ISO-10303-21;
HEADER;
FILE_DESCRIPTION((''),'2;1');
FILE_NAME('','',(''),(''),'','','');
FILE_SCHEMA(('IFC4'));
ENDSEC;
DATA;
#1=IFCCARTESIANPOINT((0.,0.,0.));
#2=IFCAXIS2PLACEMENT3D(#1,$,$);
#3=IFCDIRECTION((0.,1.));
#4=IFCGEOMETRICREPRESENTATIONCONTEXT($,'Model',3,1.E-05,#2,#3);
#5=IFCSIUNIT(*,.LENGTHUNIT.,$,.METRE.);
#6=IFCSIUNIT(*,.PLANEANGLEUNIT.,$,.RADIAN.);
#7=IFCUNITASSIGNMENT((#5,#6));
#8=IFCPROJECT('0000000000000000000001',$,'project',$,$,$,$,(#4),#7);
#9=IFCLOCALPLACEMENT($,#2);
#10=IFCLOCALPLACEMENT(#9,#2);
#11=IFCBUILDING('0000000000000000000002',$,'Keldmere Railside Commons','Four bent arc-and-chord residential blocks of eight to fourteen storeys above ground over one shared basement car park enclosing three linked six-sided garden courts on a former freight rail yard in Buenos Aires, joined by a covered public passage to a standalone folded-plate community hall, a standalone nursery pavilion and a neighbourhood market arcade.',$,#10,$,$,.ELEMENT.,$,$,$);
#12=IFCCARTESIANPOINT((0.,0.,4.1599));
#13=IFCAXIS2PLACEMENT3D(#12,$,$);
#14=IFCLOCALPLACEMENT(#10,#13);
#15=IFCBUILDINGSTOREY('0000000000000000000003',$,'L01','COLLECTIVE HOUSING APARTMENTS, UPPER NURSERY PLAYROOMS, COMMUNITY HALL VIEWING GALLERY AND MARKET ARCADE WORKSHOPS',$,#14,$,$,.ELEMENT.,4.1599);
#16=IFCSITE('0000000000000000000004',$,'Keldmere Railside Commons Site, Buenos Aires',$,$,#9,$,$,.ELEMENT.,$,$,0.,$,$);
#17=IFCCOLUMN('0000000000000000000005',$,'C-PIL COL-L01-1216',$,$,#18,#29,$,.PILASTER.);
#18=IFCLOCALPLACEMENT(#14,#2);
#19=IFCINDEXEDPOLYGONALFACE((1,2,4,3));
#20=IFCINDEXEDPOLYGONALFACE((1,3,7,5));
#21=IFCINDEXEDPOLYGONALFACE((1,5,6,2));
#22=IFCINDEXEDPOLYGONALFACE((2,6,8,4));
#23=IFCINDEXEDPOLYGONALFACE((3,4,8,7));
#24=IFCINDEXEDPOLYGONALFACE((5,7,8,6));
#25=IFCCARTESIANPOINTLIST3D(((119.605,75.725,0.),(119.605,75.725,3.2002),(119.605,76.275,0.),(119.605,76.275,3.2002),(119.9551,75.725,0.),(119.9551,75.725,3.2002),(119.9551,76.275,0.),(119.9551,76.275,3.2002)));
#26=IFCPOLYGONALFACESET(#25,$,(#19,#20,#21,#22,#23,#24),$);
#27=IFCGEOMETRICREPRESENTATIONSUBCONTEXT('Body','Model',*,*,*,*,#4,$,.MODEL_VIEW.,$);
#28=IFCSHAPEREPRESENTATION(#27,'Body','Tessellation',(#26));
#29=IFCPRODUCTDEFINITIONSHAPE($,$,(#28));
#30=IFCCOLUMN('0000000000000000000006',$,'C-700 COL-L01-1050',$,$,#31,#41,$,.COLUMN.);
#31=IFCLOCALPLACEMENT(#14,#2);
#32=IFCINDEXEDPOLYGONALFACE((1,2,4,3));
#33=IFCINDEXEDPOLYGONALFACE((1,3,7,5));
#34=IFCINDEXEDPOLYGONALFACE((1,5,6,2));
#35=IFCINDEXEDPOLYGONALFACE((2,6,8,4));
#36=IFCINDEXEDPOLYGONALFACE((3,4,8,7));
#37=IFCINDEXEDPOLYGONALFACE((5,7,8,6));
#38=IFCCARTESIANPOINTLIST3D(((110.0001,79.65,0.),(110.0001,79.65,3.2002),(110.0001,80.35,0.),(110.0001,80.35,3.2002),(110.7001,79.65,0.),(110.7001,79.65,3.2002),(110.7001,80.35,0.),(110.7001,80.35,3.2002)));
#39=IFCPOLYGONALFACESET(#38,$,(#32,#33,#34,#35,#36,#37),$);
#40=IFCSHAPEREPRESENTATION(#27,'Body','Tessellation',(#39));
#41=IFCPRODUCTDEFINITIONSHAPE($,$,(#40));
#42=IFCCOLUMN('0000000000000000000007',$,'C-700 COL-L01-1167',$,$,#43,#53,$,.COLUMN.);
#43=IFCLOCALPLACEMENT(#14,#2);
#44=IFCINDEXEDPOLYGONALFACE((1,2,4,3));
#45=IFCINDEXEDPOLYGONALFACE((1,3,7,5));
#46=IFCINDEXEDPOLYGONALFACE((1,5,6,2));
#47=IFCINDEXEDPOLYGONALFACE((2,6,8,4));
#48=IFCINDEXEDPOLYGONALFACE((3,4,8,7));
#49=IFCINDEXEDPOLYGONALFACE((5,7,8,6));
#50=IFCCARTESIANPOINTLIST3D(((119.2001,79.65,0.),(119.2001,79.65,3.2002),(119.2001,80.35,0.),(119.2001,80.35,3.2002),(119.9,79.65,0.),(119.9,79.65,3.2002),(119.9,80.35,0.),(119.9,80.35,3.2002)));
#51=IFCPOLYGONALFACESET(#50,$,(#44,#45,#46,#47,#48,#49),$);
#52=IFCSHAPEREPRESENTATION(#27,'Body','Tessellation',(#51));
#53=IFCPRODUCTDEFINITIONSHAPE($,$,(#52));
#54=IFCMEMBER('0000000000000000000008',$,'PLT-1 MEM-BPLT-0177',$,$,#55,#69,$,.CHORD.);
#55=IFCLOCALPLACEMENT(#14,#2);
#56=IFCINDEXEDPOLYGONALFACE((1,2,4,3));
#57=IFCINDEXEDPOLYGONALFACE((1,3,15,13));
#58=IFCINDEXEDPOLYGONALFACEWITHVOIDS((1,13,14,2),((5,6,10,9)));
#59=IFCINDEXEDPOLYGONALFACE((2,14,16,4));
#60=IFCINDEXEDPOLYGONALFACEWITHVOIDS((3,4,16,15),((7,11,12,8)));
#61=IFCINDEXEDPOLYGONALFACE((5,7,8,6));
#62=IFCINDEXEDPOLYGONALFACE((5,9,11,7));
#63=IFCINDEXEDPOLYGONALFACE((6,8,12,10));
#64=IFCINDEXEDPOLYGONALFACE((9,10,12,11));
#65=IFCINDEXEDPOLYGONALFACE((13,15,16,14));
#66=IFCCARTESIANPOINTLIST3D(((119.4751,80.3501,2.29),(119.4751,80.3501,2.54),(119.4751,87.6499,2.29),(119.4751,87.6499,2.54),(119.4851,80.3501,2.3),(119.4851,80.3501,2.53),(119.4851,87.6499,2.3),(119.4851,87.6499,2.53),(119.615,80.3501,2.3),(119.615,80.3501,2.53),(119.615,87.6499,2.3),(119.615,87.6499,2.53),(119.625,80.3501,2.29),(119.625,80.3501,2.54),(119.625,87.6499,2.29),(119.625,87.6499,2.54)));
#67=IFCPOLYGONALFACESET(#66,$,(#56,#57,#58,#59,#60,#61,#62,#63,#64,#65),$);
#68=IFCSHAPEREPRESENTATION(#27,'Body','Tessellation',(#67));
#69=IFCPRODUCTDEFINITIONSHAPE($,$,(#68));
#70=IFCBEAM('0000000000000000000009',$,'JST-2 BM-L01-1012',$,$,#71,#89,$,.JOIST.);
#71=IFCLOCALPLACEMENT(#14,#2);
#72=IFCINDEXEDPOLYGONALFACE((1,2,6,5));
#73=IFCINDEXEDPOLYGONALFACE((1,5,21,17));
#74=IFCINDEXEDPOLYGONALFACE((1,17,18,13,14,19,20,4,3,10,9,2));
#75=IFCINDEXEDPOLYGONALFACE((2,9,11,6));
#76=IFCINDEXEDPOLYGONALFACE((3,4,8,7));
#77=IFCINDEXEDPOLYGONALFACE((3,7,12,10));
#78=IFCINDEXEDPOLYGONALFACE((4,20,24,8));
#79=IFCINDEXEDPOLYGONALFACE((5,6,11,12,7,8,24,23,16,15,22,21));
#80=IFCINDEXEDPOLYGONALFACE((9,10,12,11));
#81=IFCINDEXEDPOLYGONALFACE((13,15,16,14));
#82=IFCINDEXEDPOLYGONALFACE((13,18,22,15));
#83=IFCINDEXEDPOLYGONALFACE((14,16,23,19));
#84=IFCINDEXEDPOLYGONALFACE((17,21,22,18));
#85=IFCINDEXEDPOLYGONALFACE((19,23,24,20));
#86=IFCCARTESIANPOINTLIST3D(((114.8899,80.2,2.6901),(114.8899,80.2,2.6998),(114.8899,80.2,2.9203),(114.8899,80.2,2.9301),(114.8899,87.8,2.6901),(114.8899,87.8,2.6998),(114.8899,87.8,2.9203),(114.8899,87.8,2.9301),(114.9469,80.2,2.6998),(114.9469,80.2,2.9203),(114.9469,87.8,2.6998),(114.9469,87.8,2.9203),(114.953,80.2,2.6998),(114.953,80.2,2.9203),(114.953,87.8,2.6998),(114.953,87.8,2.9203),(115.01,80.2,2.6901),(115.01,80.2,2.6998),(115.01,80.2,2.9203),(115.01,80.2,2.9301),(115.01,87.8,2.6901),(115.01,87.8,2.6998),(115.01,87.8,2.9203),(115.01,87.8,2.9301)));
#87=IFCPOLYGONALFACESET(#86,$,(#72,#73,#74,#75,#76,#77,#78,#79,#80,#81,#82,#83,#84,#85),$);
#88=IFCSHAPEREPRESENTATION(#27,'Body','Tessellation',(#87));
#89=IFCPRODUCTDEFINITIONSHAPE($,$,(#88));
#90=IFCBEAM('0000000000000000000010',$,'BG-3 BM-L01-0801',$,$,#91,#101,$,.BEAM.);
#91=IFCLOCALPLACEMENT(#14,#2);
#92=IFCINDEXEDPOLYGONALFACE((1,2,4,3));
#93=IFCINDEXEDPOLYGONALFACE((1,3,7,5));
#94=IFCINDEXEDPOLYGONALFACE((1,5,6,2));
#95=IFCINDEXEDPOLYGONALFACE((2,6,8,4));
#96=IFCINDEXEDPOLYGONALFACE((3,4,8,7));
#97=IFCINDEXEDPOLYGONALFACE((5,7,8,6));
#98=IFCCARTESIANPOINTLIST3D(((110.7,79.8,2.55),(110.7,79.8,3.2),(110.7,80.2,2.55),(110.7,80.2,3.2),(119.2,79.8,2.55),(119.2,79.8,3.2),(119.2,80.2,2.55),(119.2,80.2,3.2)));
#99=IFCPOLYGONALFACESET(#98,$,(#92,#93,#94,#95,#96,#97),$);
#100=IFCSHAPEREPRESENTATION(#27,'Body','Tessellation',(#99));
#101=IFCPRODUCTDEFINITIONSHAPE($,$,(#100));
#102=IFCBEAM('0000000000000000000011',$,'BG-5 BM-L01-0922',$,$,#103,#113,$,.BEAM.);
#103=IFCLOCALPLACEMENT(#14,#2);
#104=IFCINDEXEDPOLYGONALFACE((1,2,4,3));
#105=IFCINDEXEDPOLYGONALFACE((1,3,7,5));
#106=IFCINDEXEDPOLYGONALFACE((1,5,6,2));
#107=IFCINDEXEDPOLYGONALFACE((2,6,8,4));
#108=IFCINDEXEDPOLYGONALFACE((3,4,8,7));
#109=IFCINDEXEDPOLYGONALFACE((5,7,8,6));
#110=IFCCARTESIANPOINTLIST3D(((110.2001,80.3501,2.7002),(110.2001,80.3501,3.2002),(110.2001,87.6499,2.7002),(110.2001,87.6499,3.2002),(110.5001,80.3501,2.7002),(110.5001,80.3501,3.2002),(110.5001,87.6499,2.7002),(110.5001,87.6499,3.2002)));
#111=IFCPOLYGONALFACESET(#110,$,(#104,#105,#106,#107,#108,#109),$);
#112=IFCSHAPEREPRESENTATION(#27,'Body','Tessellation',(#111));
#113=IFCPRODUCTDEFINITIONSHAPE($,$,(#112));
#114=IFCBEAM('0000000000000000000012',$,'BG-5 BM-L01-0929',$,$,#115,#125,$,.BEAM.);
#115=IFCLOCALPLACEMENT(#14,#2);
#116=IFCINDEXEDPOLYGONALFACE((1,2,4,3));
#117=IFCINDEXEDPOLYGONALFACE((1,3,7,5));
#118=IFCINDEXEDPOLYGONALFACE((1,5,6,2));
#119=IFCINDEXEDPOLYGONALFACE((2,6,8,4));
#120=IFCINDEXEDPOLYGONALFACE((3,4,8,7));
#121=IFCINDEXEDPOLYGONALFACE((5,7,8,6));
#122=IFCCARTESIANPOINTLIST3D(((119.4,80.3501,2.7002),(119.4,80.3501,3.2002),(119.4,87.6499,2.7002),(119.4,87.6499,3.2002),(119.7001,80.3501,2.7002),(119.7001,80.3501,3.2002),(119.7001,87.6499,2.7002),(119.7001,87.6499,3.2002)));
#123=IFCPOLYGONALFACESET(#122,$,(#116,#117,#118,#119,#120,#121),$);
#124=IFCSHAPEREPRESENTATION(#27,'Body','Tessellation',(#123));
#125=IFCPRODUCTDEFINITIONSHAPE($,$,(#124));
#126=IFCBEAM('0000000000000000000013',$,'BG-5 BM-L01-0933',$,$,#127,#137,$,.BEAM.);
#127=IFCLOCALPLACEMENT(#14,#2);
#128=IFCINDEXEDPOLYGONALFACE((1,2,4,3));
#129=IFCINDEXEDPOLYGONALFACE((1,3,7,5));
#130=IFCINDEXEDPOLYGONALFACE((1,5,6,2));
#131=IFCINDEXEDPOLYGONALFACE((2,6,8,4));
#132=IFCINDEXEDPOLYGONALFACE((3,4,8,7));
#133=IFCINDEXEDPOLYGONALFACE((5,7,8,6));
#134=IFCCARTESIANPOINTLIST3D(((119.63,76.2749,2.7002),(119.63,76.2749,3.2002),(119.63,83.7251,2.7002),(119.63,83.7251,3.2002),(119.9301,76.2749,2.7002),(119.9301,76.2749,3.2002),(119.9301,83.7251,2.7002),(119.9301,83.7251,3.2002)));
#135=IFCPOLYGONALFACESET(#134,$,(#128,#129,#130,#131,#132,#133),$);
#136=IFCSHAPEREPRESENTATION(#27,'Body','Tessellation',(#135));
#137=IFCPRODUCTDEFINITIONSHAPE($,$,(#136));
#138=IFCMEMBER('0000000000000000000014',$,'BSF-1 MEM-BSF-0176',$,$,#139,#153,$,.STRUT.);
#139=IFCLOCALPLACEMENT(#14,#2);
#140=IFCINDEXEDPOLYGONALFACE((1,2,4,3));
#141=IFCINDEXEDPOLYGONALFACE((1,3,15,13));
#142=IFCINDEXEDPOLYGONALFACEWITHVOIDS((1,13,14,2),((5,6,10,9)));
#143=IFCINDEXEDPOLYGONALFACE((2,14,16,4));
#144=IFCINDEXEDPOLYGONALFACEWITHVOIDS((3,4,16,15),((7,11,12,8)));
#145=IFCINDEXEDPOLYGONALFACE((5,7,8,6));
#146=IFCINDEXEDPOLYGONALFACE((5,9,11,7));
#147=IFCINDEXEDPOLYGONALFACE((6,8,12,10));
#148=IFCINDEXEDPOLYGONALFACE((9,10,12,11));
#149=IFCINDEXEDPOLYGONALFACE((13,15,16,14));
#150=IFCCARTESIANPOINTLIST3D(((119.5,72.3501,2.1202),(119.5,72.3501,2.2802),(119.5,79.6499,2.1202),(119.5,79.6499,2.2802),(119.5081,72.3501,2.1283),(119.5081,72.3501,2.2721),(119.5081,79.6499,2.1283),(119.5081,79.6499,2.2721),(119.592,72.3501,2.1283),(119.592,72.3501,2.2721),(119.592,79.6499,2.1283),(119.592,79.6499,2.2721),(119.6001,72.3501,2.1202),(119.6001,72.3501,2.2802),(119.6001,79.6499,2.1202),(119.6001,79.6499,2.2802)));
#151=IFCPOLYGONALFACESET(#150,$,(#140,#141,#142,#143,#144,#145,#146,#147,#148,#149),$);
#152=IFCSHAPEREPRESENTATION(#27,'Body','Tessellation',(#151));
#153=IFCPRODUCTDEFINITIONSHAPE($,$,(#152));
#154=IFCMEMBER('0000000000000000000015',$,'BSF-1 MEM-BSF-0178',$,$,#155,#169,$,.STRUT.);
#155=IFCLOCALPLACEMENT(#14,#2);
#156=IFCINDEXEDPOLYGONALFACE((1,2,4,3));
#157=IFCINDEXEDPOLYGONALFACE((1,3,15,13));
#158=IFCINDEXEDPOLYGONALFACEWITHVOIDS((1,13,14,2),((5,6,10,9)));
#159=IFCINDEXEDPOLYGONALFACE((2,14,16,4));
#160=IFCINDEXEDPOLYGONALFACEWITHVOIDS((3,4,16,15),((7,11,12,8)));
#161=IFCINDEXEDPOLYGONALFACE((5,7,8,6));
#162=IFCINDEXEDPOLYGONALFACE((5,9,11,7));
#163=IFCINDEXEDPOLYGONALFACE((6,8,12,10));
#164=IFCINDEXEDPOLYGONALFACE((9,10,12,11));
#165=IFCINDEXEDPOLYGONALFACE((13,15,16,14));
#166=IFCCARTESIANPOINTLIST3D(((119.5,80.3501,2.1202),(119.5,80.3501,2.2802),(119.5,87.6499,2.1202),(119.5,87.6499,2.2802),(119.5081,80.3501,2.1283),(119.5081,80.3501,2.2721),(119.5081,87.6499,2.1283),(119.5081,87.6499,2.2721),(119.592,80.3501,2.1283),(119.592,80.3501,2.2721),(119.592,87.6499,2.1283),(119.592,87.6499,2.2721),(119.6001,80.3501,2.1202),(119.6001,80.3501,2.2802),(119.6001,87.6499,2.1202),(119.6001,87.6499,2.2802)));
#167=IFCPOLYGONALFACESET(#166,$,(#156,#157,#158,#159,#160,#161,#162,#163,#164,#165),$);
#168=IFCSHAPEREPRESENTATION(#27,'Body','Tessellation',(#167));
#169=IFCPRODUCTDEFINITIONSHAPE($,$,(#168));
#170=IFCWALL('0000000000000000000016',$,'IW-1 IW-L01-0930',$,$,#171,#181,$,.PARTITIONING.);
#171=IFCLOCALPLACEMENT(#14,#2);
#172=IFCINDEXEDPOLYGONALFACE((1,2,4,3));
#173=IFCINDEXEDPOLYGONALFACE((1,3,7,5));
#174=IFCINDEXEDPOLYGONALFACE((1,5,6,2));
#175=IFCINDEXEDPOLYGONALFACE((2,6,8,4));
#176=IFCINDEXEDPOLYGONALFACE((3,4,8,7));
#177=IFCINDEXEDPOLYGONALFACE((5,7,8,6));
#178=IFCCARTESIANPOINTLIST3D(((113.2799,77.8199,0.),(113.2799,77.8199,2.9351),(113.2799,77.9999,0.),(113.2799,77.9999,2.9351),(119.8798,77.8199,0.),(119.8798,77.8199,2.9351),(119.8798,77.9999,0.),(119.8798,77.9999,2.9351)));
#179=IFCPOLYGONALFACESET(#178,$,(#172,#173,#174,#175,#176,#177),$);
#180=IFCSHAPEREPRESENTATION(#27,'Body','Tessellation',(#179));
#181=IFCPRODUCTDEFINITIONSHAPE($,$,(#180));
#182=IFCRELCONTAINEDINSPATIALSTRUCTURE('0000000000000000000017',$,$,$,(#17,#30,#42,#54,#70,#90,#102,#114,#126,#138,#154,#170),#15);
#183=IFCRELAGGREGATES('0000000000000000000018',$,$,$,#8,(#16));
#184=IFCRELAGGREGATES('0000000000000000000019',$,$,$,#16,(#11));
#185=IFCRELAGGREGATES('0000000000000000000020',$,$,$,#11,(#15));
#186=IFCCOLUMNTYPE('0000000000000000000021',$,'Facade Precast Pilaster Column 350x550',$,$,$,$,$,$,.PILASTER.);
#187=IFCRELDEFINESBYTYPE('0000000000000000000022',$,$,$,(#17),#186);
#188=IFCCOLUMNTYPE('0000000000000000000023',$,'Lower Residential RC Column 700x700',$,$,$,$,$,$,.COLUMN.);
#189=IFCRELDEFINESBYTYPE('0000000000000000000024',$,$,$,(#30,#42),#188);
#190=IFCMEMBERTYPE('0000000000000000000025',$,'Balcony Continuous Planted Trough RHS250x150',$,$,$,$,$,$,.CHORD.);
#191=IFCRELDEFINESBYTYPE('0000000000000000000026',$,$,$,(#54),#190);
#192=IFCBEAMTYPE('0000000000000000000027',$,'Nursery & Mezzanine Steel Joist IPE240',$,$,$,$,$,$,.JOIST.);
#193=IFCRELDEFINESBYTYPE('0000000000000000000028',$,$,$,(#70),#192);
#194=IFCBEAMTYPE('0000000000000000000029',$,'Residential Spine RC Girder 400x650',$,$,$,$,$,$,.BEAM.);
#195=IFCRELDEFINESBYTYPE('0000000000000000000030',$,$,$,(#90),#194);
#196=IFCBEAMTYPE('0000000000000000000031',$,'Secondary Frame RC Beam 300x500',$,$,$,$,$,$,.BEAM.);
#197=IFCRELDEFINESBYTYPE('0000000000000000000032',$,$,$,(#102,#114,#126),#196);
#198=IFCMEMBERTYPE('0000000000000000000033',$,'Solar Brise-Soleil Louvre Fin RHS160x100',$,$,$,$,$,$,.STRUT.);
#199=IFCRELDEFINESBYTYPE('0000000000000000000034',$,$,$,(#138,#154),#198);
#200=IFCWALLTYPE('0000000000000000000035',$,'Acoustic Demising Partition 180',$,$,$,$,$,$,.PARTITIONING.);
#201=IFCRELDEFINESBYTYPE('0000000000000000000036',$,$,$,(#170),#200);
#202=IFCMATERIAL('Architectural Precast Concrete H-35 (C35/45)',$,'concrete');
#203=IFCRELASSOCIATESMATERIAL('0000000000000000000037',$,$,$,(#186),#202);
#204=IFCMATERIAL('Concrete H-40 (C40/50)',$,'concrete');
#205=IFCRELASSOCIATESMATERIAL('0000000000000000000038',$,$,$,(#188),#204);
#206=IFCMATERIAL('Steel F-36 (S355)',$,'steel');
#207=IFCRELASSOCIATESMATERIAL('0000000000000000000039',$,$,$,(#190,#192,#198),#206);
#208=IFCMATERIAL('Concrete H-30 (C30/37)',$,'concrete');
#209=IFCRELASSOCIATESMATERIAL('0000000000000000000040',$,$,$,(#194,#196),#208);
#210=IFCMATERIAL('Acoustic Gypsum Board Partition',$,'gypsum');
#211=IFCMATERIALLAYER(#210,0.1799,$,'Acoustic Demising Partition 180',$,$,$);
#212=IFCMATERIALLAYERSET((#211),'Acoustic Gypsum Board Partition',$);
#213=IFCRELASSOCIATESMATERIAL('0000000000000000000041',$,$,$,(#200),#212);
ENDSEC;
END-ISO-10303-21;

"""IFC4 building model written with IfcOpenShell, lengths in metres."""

from ifc_helpers import new_model, si_unit, direction, frame, frame_2d, origin, origin_2d, place, context, subcontext, project, spatial, rectangle, hollow_rectangle, i_section, extrude, material, layer, layer_set, material_profile, profile_set, type_object, element, save


model = new_model("IFC4")

# Units and contexts
model_context = context("Model", 3, precision=1e-05, world=origin(), true_north=direction((0.0, 1.0)))
body_context = subcontext(model_context, "Body", "Model", "MODEL_VIEW")
ifc_project = project(units=[si_unit("LENGTHUNIT", "METRE"), si_unit("PLANEANGLEUNIT", "RADIAN")], contexts=[model_context])

# Site, building, storey
site_placement = place(None, origin())
site = spatial("IfcSite", under=ifc_project, at=site_placement, Name="Keldmere Railside Commons Site, Buenos Aires", CompositionType="ELEMENT", RefElevation=0.0)
building_placement = place(site_placement, origin())
building = spatial("IfcBuilding", under=site, at=building_placement, Name="Keldmere Railside Commons", Description="Four bent arc-and-chord residential blocks of eight to fourteen storeys above ground over one shared basement car park enclosing three linked six-sided garden courts on a former freight rail yard in Buenos Aires, joined by a covered public passage to a standalone folded-plate community hall, a standalone nursery pavilion and a neighbourhood market arcade.", CompositionType="ELEMENT")
storey_placement = place(building_placement, frame((0.0, 0.0, 4.1599)))
storey = spatial("IfcBuildingStorey", under=building, at=storey_placement, Name="L01", Description="COLLECTIVE HOUSING APARTMENTS, UPPER NURSERY PLAYROOMS, COMMUNITY HALL VIEWING GALLERY AND MARKET ARCADE WORKSHOPS", CompositionType="ELEMENT", Elevation=4.1599)

# Columns
ifc_material_1 = material(Name="Architectural Precast Concrete H-35 (C35/45)", Category="concrete")
ifc_material_profile_1 = material_profile(ifc_material_1, rectangle(XDim=0.3501, YDim=0.55, at=origin_2d()), Name="RC-350x550")
ifc_profile_set_1 = profile_set([ifc_material_profile_1], Name="Architectural Precast Concrete H-35 (C35/45)")
column_type_1 = type_object("IfcColumnType", Name="Facade Precast Pilaster Column 350x550", PredefinedType="PILASTER", material=ifc_profile_set_1)
column_placement = place(storey_placement, frame((119.78, 76.0, 0.0), z_axis=(0.0, 0.0, 1.0), x_axis=(1.0, 0.0, 0.0)))
element("IfcColumn", 1, at=column_placement, inside=storey, type_object=column_type_1, Name="C-PIL COL-L01-1216", PredefinedType="PILASTER", context=body_context, shape_type="SweptSolid", body=[
    extrude(rectangle(XDim=0.3501, YDim=0.55, at=origin_2d()), origin(), (0.0, 0.0, 1.0), 3.2002),
])
ifc_material_2 = material(Name="Concrete H-40 (C40/50)", Category="concrete")
ifc_material_profile_2 = material_profile(ifc_material_2, rectangle(XDim=0.7, YDim=0.7, at=origin_2d()), Name="RC-700x700")
ifc_profile_set_2 = profile_set([ifc_material_profile_2], Name="Concrete H-40 (C40/50)")
column_type_2 = type_object("IfcColumnType", Name="Lower Residential RC Column 700x700", PredefinedType="COLUMN", material=ifc_profile_set_2)
for number, where, z_axis, x_axis, name in (
    (2, (110.3501, 80.0, 0.0), (0.0, 0.0, 1.0), (1.0, 0.0, 0.0), "C-700 COL-L01-1050"),
    (3, (119.55, 80.0, 0.0), (0.0, 0.0, 1.0), (1.0, 0.0, 0.0), "C-700 COL-L01-1167"),
):
    element("IfcColumn", number, at=place(storey_placement, frame(where, z_axis=z_axis, x_axis=x_axis)), inside=storey, type_object=column_type_2, Name=name, PredefinedType="COLUMN", context=body_context, shape_type="SweptSolid", body=[
        extrude(rectangle(XDim=0.7, YDim=0.7, at=origin_2d()), origin(), (0.0, 0.0, 1.0), 3.2002),
    ])

# Member
ifc_material_3 = material(Name="Steel F-36 (S355)", Category="steel")
ifc_material_profile_3 = material_profile(ifc_material_3, hollow_rectangle(XDim=0.1499, YDim=0.25, WallThickness=0.01, at=origin_2d()), Name="RHS-250x150x10")
ifc_profile_set_3 = profile_set([ifc_material_profile_3], Name="Steel F-36 (S355)")
member_type_1 = type_object("IfcMemberType", Name="Balcony Continuous Planted Trough RHS250x150", PredefinedType="CHORD", material=ifc_profile_set_3)
member_placement = place(storey_placement, frame((119.55, 80.3501, 2.415), z_axis=(0.0, 1.0, 0.0), x_axis=(-1.0, 0.0, 0.0)))
element("IfcMember", 4, at=member_placement, inside=storey, type_object=member_type_1, Name="PLT-1 MEM-BPLT-0177", PredefinedType="CHORD", context=body_context, shape_type="SweptSolid", body=[
    extrude(hollow_rectangle(XDim=0.1499, YDim=0.25, WallThickness=0.01, at=origin_2d()), origin(), (0.0, 0.0, 1.0), 7.2998),
])

# Beams
ifc_material_profile_4 = material_profile(ifc_material_3, i_section(OverallWidth=0.1201, OverallDepth=0.24, WebThickness=0.0061, FlangeThickness=0.0098, at=origin_2d()), Name="IPE-240")
ifc_profile_set_4 = profile_set([ifc_material_profile_4], Name="Steel F-36 (S355)")
beam_type_1 = type_object("IfcBeamType", Name="Nursery & Mezzanine Steel Joist IPE240", PredefinedType="JOIST", material=ifc_profile_set_4)
beam_1_placement = place(storey_placement, frame((114.95, 80.2, 2.8101), z_axis=(0.0, 1.0, 0.0), x_axis=(-1.0, 0.0, 0.0)))
element("IfcBeam", 5, at=beam_1_placement, inside=storey, type_object=beam_type_1, Name="JST-2 BM-L01-1012", PredefinedType="JOIST", context=body_context, shape_type="SweptSolid", body=[
    extrude(i_section(OverallWidth=0.1201, OverallDepth=0.24, WebThickness=0.0061, FlangeThickness=0.0098, at=origin_2d()), origin(), (0.0, 0.0, 1.0), 7.6001),
])
ifc_material_4 = material(Name="Concrete H-30 (C30/37)", Category="concrete")
ifc_material_profile_5 = material_profile(ifc_material_4, rectangle(XDim=0.3999, YDim=0.6499, at=origin_2d()), Name="RC-400x650")
ifc_profile_set_5 = profile_set([ifc_material_profile_5], Name="Concrete H-30 (C30/37)")
beam_type_2 = type_object("IfcBeamType", Name="Residential Spine RC Girder 400x650", PredefinedType="BEAM", material=ifc_profile_set_5)
beam_2_placement = place(storey_placement, frame((110.7, 80.0, 2.875), z_axis=(1.0, 0.0, 0.0), x_axis=(0.0, 1.0, 0.0)))
element("IfcBeam", 6, at=beam_2_placement, inside=storey, type_object=beam_type_2, Name="BG-3 BM-L01-0801", PredefinedType="BEAM", context=body_context, shape_type="SweptSolid", body=[
    extrude(rectangle(XDim=0.3999, YDim=0.6499, at=origin_2d()), origin(), (0.0, 0.0, 1.0), 8.5),
])
ifc_material_profile_6 = material_profile(ifc_material_4, rectangle(XDim=0.3, YDim=0.5, at=origin_2d()), Name="RC-300x500")
ifc_profile_set_6 = profile_set([ifc_material_profile_6], Name="Concrete H-30 (C30/37)")
beam_type_3 = type_object("IfcBeamType", Name="Secondary Frame RC Beam 300x500", PredefinedType="BEAM", material=ifc_profile_set_6)
for number, where, z_axis, x_axis, name in (
    (7, (110.3501, 80.3501, 2.9502), (0.0, 1.0, 0.0), (-1.0, 0.0, 0.0), "BG-5 BM-L01-0922"),
    (8, (119.55, 80.3501, 2.9502), (0.0, 1.0, 0.0), (-1.0, 0.0, 0.0), "BG-5 BM-L01-0929"),
):
    element("IfcBeam", number, at=place(storey_placement, frame(where, z_axis=z_axis, x_axis=x_axis)), inside=storey, type_object=beam_type_3, Name=name, PredefinedType="BEAM", context=body_context, shape_type="SweptSolid", body=[
        extrude(rectangle(XDim=0.3, YDim=0.5, at=origin_2d()), origin(), (0.0, 0.0, 1.0), 7.2998),
    ])
beam_3_placement = place(storey_placement, frame((119.78, 76.2749, 2.9502), z_axis=(0.0, 1.0, 0.0), x_axis=(-1.0, 0.0, 0.0)))
element("IfcBeam", 9, at=beam_3_placement, inside=storey, type_object=beam_type_3, Name="BG-5 BM-L01-0933", PredefinedType="BEAM", context=body_context, shape_type="SweptSolid", body=[
    extrude(rectangle(XDim=0.3, YDim=0.5, at=origin_2d()), origin(), (0.0, 0.0, 1.0), 7.4502),
])

# Members
ifc_material_profile_7 = material_profile(ifc_material_3, hollow_rectangle(XDim=0.1001, YDim=0.1599, WallThickness=0.0081, at=origin_2d()), Name="RHS-160x100x8")
ifc_profile_set_7 = profile_set([ifc_material_profile_7], Name="Steel F-36 (S355)")
member_type_2 = type_object("IfcMemberType", Name="Solar Brise-Soleil Louvre Fin RHS160x100", PredefinedType="STRUT", material=ifc_profile_set_7)
for number, where, z_axis, x_axis, name in (
    (10, (119.55, 72.3501, 2.2002), (0.0, 1.0, 0.0), (-1.0, 0.0, 0.0), "BSF-1 MEM-BSF-0176"),
    (11, (119.55, 80.3501, 2.2002), (0.0, 1.0, 0.0), (-1.0, 0.0, 0.0), "BSF-1 MEM-BSF-0178"),
):
    element("IfcMember", number, at=place(storey_placement, frame(where, z_axis=z_axis, x_axis=x_axis)), inside=storey, type_object=member_type_2, Name=name, PredefinedType="STRUT", context=body_context, shape_type="SweptSolid", body=[
        extrude(hollow_rectangle(XDim=0.1001, YDim=0.1599, WallThickness=0.0081, at=origin_2d()), origin(), (0.0, 0.0, 1.0), 7.2998),
    ])

# Wall
ifc_material_5 = material(Name="Acoustic Gypsum Board Partition", Category="gypsum")
ifc_layer_1 = layer(ifc_material_5, 0.1799, Name="Acoustic Demising Partition 180")
ifc_layer_set_1 = layer_set([ifc_layer_1], Name="Acoustic Gypsum Board Partition")
wall_type_1 = type_object("IfcWallType", Name="Acoustic Demising Partition 180", PredefinedType="PARTITIONING", material=ifc_layer_set_1)
wall_1_placement = place(storey_placement, frame((113.28, 77.9099, 0.0), z_axis=(0.0, 0.0, 1.0), x_axis=(1.0, 0.0, 0.0)))
element("IfcWall", 12, at=wall_1_placement, inside=storey, type_object=wall_type_1, Name="IW-1 IW-L01-0930", PredefinedType="PARTITIONING", context=body_context, shape_type="SweptSolid", body=[
    extrude(rectangle(XDim=6.5999, YDim=0.1799, at=frame_2d((3.2998, 0.0))), origin(), (0.0, 0.0, 1.0), 2.9351),
])

save(model, "model.ifc")
